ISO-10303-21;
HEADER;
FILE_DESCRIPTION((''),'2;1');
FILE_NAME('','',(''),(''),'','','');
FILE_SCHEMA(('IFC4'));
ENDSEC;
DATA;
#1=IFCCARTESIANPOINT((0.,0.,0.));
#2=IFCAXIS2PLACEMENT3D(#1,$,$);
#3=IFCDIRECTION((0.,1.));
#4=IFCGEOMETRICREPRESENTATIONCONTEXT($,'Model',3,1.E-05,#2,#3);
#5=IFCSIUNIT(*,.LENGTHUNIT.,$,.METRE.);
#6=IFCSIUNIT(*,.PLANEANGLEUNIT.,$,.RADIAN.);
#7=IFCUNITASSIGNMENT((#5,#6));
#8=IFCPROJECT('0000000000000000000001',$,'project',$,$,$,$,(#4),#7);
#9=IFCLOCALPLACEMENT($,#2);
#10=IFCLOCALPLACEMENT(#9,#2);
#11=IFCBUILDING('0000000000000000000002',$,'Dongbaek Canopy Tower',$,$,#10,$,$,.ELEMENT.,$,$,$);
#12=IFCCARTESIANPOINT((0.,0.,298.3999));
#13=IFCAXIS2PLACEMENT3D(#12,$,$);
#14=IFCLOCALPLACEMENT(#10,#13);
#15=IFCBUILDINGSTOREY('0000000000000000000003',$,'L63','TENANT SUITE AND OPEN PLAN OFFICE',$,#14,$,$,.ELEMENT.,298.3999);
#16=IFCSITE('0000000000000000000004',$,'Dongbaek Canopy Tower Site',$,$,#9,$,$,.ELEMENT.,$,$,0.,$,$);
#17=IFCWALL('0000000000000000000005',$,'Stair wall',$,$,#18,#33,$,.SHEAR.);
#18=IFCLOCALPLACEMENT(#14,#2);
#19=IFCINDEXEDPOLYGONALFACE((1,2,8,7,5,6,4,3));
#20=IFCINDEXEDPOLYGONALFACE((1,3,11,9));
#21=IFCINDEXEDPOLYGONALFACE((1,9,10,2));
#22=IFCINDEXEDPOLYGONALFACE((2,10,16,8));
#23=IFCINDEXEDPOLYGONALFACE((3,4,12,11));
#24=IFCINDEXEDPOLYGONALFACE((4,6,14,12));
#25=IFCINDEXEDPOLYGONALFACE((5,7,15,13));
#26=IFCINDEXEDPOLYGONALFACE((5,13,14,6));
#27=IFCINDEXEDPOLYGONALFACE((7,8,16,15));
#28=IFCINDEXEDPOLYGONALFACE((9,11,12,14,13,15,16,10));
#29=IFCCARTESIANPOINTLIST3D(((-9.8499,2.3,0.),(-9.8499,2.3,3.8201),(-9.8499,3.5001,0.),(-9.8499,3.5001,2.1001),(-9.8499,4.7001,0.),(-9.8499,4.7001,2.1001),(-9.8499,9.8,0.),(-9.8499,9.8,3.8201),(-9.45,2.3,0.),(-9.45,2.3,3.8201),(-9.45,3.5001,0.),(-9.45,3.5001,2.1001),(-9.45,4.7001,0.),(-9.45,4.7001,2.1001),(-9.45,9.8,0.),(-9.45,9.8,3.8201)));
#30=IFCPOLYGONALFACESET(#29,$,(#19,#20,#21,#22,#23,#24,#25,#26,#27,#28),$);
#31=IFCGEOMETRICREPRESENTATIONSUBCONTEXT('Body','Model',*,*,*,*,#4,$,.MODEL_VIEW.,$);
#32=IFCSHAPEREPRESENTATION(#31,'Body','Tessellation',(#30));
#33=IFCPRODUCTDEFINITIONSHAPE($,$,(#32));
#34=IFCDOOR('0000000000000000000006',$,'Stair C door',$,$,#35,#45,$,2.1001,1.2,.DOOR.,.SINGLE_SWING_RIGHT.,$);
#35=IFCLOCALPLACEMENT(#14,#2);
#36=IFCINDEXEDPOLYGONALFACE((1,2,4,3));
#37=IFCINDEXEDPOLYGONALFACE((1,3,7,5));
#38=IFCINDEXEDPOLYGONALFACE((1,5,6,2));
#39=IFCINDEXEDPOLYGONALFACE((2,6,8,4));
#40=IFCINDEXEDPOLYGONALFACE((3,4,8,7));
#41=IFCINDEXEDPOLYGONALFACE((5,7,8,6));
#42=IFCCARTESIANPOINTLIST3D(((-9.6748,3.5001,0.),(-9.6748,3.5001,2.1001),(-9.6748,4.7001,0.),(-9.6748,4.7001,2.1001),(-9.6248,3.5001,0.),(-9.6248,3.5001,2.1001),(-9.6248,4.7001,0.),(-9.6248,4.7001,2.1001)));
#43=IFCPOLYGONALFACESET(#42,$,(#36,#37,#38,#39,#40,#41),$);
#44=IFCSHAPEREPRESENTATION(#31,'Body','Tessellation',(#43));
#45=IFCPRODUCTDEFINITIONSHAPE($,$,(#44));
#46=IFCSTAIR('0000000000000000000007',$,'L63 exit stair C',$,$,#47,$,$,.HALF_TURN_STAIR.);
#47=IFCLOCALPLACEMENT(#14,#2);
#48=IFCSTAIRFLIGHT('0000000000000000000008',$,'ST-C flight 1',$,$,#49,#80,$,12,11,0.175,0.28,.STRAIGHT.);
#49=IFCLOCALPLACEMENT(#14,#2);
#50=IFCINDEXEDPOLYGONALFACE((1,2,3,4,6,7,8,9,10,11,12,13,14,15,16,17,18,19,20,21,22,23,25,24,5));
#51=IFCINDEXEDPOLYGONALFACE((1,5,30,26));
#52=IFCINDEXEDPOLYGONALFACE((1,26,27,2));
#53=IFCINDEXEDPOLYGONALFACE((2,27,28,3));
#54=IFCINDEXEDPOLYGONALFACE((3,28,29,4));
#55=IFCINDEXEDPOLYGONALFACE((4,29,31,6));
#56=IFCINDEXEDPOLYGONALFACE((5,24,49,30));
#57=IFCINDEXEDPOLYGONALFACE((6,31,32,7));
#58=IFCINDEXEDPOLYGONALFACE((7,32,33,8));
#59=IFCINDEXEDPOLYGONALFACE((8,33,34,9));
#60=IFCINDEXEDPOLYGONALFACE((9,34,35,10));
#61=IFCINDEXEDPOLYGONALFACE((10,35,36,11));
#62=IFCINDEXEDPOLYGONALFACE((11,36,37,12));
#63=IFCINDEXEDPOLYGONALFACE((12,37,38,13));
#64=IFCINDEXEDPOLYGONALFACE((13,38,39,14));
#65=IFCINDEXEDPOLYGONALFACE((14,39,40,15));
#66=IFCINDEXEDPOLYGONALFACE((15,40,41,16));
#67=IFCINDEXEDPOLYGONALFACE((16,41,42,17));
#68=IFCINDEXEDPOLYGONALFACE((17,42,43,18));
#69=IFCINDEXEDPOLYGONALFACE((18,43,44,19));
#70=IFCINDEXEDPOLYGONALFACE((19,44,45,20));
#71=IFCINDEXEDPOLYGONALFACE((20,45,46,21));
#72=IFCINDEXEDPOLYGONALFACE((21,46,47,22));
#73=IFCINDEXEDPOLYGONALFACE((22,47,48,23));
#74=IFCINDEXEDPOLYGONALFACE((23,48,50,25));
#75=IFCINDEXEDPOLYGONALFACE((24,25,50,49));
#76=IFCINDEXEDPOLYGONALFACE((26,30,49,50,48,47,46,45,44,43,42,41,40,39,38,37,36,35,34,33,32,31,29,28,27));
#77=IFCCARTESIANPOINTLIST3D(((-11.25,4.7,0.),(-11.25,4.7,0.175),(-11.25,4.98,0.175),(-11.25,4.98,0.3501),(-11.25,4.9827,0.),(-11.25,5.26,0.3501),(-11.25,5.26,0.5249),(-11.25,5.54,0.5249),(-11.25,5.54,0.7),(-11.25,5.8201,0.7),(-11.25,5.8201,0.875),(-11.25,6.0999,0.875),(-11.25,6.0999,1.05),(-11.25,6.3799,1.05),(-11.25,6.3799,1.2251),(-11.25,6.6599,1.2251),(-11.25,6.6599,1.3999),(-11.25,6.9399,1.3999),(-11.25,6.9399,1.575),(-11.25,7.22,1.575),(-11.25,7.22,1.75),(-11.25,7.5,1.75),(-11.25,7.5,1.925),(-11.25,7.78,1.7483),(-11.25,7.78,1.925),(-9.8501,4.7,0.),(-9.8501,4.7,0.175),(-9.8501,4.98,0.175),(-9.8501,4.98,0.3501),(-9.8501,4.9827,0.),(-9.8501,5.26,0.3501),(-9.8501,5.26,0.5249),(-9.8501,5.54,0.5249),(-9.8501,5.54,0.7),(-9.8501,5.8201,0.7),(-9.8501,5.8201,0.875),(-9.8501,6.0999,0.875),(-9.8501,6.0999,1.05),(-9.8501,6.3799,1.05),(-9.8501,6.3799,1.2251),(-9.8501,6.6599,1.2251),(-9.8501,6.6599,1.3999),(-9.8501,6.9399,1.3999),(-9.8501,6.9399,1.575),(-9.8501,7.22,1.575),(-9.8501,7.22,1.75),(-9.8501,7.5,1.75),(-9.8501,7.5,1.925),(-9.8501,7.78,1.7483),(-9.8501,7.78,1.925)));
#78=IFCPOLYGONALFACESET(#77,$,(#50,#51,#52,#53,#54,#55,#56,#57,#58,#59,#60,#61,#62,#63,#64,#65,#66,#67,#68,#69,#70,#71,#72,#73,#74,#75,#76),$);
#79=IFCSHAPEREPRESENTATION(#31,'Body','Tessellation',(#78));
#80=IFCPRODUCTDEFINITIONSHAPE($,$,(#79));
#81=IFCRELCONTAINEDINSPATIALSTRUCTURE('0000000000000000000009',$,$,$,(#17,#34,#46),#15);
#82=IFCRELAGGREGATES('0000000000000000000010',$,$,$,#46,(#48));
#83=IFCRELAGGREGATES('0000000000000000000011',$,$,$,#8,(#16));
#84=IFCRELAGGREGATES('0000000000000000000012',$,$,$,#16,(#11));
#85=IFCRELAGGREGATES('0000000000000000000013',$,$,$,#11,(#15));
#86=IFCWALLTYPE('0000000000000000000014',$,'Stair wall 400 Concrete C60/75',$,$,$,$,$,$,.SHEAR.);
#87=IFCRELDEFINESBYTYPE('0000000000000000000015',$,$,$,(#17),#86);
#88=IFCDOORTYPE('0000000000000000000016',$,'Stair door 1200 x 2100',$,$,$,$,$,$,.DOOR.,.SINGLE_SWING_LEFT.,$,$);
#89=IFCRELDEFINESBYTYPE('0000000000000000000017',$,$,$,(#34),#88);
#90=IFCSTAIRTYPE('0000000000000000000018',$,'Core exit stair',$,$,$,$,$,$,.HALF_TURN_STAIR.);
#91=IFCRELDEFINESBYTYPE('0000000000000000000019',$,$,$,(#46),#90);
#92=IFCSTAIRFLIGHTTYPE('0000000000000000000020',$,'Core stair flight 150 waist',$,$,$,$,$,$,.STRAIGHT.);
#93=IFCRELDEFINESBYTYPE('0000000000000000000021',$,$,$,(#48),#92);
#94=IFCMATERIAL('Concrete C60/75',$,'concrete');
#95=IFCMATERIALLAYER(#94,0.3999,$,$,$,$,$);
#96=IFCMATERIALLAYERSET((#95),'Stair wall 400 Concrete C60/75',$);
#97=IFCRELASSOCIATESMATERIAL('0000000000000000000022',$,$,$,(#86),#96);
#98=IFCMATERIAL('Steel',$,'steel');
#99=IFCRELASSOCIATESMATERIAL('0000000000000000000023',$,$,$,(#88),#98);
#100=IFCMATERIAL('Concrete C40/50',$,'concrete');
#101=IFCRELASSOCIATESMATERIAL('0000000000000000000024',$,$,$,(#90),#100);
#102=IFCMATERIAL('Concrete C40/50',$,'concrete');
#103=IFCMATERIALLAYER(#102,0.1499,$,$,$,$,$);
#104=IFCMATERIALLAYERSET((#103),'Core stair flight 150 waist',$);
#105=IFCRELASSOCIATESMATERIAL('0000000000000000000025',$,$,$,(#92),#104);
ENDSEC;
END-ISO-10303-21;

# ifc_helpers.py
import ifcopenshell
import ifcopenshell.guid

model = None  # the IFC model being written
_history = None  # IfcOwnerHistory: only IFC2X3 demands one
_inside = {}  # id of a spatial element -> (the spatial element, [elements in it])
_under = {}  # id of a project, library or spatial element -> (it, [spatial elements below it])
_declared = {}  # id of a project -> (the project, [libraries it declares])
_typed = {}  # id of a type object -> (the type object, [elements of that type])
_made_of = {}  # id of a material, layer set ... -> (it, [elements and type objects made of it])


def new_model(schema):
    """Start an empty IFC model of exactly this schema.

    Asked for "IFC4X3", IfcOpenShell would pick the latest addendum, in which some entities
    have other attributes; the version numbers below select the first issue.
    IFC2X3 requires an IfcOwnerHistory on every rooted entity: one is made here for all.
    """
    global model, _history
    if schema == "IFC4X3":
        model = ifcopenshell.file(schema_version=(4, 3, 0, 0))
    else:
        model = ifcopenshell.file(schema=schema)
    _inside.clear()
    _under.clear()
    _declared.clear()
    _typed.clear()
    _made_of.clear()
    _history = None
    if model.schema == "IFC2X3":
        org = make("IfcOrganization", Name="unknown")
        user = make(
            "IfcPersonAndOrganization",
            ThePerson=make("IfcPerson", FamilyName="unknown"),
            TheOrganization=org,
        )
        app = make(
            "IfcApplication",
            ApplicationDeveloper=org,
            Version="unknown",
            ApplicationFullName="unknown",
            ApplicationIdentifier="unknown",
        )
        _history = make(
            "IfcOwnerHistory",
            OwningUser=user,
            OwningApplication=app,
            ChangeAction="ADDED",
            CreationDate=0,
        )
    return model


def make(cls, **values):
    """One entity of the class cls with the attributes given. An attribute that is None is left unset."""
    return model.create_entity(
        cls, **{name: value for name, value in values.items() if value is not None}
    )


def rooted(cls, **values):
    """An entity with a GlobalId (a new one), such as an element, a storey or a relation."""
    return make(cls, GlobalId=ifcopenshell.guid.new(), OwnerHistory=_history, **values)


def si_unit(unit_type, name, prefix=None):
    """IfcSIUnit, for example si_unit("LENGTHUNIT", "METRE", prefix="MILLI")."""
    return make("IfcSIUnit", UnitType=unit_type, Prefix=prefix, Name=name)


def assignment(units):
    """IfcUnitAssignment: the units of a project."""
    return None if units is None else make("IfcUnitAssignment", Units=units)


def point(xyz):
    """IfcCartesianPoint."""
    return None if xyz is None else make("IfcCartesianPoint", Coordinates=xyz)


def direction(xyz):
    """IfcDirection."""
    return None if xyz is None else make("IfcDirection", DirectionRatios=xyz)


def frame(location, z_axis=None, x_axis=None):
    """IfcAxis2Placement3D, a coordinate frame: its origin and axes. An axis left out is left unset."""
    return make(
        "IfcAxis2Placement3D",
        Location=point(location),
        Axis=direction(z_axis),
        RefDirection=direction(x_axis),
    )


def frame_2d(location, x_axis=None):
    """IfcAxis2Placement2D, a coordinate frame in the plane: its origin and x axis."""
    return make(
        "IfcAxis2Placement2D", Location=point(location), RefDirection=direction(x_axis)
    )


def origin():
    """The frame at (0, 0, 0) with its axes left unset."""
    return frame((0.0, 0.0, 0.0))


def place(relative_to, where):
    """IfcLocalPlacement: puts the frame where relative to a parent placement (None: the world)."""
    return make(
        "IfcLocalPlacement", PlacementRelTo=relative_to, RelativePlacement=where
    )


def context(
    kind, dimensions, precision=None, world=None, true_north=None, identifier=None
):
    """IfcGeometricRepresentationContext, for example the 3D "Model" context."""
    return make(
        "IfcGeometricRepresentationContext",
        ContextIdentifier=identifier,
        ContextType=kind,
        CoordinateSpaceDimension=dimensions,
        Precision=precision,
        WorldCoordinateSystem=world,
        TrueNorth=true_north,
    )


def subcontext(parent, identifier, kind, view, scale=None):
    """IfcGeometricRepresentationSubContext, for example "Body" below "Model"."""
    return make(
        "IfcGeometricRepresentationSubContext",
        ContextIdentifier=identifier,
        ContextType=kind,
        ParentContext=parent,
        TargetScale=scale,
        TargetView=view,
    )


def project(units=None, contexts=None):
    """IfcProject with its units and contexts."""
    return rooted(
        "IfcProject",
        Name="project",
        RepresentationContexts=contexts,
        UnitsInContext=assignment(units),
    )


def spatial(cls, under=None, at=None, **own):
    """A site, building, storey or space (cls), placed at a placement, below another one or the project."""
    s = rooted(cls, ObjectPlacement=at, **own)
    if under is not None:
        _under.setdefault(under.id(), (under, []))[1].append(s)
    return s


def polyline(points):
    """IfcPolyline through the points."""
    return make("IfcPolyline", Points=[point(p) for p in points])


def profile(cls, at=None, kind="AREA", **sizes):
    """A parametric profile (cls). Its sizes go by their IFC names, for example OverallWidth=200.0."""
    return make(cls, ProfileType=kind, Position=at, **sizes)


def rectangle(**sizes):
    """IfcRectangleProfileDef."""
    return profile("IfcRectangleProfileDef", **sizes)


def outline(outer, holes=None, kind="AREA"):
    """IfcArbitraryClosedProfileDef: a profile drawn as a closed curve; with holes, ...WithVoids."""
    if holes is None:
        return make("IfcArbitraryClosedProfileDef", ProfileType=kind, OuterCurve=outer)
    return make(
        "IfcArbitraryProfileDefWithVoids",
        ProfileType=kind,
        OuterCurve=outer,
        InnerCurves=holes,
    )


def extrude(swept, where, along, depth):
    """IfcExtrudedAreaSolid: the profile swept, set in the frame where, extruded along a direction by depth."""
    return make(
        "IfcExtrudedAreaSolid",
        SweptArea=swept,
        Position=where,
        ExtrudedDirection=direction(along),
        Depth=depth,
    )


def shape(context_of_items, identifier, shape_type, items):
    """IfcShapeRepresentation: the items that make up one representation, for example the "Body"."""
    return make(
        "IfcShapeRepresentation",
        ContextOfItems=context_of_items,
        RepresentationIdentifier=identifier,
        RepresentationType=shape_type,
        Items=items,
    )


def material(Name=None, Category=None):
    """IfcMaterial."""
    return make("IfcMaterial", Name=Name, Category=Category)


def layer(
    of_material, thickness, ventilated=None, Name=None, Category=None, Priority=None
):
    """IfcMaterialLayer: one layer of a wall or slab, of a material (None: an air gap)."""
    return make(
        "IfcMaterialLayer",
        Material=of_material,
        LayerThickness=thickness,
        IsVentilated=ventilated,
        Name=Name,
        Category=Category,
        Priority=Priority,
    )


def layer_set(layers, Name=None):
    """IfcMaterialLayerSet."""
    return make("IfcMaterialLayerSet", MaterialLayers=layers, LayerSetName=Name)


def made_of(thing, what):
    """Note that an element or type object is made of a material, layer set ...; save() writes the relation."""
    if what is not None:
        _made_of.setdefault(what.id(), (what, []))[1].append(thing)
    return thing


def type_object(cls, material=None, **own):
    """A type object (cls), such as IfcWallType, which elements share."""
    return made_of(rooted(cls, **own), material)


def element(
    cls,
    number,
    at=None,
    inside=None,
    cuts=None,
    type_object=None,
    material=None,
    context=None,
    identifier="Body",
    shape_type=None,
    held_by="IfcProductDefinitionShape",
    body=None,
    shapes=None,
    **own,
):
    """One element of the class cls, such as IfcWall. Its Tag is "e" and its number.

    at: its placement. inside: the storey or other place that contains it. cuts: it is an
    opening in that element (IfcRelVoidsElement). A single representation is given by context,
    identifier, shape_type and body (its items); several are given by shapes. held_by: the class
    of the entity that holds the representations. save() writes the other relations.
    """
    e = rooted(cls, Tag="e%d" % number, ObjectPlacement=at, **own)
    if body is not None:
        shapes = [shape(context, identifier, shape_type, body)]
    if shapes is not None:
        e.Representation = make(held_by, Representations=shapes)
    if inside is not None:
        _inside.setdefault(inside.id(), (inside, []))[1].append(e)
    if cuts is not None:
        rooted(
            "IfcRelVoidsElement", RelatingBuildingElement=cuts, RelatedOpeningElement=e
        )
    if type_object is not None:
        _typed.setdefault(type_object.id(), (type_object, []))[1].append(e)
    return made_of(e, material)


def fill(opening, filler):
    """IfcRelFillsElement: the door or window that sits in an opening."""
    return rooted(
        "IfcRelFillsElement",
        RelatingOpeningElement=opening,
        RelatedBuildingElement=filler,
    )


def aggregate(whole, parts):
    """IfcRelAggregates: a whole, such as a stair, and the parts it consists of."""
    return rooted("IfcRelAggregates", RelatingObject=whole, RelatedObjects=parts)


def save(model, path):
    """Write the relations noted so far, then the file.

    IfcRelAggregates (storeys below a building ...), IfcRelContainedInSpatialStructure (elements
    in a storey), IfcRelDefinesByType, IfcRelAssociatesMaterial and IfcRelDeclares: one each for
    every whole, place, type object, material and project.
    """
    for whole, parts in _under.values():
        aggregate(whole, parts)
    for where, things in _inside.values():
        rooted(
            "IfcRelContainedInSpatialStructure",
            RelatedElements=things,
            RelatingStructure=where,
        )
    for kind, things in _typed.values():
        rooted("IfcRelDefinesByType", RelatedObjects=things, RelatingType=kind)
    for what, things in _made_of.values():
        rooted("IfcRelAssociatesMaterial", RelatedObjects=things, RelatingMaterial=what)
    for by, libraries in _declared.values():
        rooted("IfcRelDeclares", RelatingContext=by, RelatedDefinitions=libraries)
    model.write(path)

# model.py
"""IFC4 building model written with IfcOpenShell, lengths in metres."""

from ifc_helpers import new_model, si_unit, direction, frame, frame_2d, origin, place, context, subcontext, project, spatial, polyline, rectangle, outline, extrude, material, layer, layer_set, type_object, element, fill, aggregate, save


model = new_model("IFC4")

# Units and contexts
model_context = context("Model", 3, precision=1e-05, world=origin(), true_north=direction((0.0, 1.0)))
body_context = subcontext(model_context, "Body", "Model", "MODEL_VIEW")
ifc_project = project(units=[si_unit("LENGTHUNIT", "METRE"), si_unit("PLANEANGLEUNIT", "RADIAN")], contexts=[model_context])

# Site, building, storey
site_placement = place(None, origin())
site = spatial("IfcSite", under=ifc_project, at=site_placement, Name="Dongbaek Canopy Tower Site", CompositionType="ELEMENT", RefElevation=0.0)
building_placement = place(site_placement, origin())
building = spatial("IfcBuilding", under=site, at=building_placement, Name="Dongbaek Canopy Tower", CompositionType="ELEMENT")
storey_placement = place(building_placement, frame((0.0, 0.0, 298.3999)))
storey = spatial("IfcBuildingStorey", under=building, at=storey_placement, Name="L63", Description="TENANT SUITE AND OPEN PLAN OFFICE", CompositionType="ELEMENT", Elevation=298.3999)

# Wall, opening, door
ifc_material_1 = material(Name="Concrete C60/75", Category="concrete")
ifc_layer_1 = layer(ifc_material_1, 0.3999)
ifc_layer_set_1 = layer_set([ifc_layer_1], Name="Stair wall 400 Concrete C60/75")
wall_type_1 = type_object("IfcWallType", Name="Stair wall 400 Concrete C60/75", PredefinedType="SHEAR", material=ifc_layer_set_1)
wall_1_placement = place(storey_placement, frame((-9.6499, 2.3, 0.0), z_axis=(0.0, 0.0, 1.0), x_axis=(0.0, 1.0, 0.0)))
wall_1 = element("IfcWall", 1, at=wall_1_placement, inside=storey, type_object=wall_type_1, Name="Stair wall", PredefinedType="SHEAR", context=body_context, shape_type="SweptSolid", body=[
    extrude(rectangle(XDim=7.5, YDim=0.3999, at=frame_2d((3.75, 0.0))), origin(), (0.0, 0.0, 1.0), 3.8201),
])
opening_1_placement = place(wall_1_placement, frame((1.2, 0.0, 0.0)))
opening_1 = element("IfcOpeningElement", 2, at=opening_1_placement, cuts=wall_1, PredefinedType="OPENING", context=body_context, shape_type="SweptSolid", body=[
    extrude(rectangle(XDim=1.2, YDim=2.1001, at=frame_2d((0.6001, 1.05))), frame((0.0, 0.21, 0.0), z_axis=(0.0, -1.0, 0.0), x_axis=(1.0, 0.0, 0.0)), (0.0, 0.0, 1.0), 0.4199),
])
ifc_material_2 = material(Name="Steel", Category="steel")
door_type_1 = type_object("IfcDoorType", Name="Stair door 1200 x 2100", OperationType="SINGLE_SWING_LEFT", PredefinedType="DOOR", material=ifc_material_2)
door_1_placement = place(opening_1_placement, origin())
door_1 = element("IfcDoor", 3, at=door_1_placement, inside=storey, type_object=door_type_1, Name="Stair C door", OperationType="SINGLE_SWING_RIGHT", OverallHeight=2.1001, OverallWidth=1.2, PredefinedType="DOOR", context=body_context, shape_type="SweptSolid", body=[
    extrude(rectangle(XDim=1.2, YDim=2.1001, at=frame_2d((0.6001, 1.05))), frame((0.0, 0.0249, 0.0), z_axis=(0.0, -1.0, 0.0), x_axis=(1.0, 0.0, 0.0)), (0.0, 0.0, 1.0), 0.05),
])
fill(opening_1, door_1)

# Stair, stair flight
ifc_material_3 = material(Name="Concrete C40/50", Category="concrete")
stair_type = type_object("IfcStairType", Name="Core exit stair", PredefinedType="HALF_TURN_STAIR", material=ifc_material_3)
stair_placement = place(storey_placement, origin())
stair = element("IfcStair", 4, at=stair_placement, inside=storey, type_object=stair_type, Name="L63 exit stair C", PredefinedType="HALF_TURN_STAIR")
ifc_material_4 = material(Name="Concrete C40/50", Category="concrete")
ifc_layer_2 = layer(ifc_material_4, 0.1499)
ifc_layer_set_2 = layer_set([ifc_layer_2], Name="Core stair flight 150 waist")
stair_flight_type = type_object("IfcStairFlightType", Name="Core stair flight 150 waist", PredefinedType="STRAIGHT", material=ifc_layer_set_2)
stair_flight_placement = place(storey_placement, frame((-10.55, 4.7, 0.0), z_axis=(0.0, 0.0, 1.0), x_axis=(0.0, 1.0, 0.0)))
stair_flight = element("IfcStairFlight", 5, at=stair_flight_placement, type_object=stair_flight_type, Name="ST-C flight 1", NumberOfRisers=12, NumberOfTreads=11, PredefinedType="STRAIGHT", RiserHeight=0.175, TreadLength=0.28, context=body_context, shape_type="SweptSolid", body=[
    extrude(outline(polyline([(0.0, 0.0), (0.0, 0.175), (0.28, 0.175), (0.28, 0.3501), (0.5601, 0.3501), (0.5601, 0.5249), (0.8401, 0.5249), (0.8401, 0.7), (1.1201, 0.7), (1.1201, 0.875), (1.3999, 0.875), (1.3999, 1.05), (1.6799, 1.05), (1.6799, 1.2251), (1.96, 1.2251), (1.96, 1.3999), (2.24, 1.3999), (2.24, 1.575), (2.52, 1.575), (2.52, 1.75), (2.8, 1.75), (2.8, 1.925), (3.0801, 1.925), (3.0801, 2.1001), (3.0801, 1.7483), (0.2827, 0.0), (0.0, 0.0)])), frame((0.0, 0.7, 0.0), z_axis=(0.0, -1.0, 0.0), x_axis=(1.0, 0.0, 0.0)), (0.0, 0.0, 1.0), 1.3999),
])
aggregate(stair, [stair_flight])

save(model, "model.ifc")
